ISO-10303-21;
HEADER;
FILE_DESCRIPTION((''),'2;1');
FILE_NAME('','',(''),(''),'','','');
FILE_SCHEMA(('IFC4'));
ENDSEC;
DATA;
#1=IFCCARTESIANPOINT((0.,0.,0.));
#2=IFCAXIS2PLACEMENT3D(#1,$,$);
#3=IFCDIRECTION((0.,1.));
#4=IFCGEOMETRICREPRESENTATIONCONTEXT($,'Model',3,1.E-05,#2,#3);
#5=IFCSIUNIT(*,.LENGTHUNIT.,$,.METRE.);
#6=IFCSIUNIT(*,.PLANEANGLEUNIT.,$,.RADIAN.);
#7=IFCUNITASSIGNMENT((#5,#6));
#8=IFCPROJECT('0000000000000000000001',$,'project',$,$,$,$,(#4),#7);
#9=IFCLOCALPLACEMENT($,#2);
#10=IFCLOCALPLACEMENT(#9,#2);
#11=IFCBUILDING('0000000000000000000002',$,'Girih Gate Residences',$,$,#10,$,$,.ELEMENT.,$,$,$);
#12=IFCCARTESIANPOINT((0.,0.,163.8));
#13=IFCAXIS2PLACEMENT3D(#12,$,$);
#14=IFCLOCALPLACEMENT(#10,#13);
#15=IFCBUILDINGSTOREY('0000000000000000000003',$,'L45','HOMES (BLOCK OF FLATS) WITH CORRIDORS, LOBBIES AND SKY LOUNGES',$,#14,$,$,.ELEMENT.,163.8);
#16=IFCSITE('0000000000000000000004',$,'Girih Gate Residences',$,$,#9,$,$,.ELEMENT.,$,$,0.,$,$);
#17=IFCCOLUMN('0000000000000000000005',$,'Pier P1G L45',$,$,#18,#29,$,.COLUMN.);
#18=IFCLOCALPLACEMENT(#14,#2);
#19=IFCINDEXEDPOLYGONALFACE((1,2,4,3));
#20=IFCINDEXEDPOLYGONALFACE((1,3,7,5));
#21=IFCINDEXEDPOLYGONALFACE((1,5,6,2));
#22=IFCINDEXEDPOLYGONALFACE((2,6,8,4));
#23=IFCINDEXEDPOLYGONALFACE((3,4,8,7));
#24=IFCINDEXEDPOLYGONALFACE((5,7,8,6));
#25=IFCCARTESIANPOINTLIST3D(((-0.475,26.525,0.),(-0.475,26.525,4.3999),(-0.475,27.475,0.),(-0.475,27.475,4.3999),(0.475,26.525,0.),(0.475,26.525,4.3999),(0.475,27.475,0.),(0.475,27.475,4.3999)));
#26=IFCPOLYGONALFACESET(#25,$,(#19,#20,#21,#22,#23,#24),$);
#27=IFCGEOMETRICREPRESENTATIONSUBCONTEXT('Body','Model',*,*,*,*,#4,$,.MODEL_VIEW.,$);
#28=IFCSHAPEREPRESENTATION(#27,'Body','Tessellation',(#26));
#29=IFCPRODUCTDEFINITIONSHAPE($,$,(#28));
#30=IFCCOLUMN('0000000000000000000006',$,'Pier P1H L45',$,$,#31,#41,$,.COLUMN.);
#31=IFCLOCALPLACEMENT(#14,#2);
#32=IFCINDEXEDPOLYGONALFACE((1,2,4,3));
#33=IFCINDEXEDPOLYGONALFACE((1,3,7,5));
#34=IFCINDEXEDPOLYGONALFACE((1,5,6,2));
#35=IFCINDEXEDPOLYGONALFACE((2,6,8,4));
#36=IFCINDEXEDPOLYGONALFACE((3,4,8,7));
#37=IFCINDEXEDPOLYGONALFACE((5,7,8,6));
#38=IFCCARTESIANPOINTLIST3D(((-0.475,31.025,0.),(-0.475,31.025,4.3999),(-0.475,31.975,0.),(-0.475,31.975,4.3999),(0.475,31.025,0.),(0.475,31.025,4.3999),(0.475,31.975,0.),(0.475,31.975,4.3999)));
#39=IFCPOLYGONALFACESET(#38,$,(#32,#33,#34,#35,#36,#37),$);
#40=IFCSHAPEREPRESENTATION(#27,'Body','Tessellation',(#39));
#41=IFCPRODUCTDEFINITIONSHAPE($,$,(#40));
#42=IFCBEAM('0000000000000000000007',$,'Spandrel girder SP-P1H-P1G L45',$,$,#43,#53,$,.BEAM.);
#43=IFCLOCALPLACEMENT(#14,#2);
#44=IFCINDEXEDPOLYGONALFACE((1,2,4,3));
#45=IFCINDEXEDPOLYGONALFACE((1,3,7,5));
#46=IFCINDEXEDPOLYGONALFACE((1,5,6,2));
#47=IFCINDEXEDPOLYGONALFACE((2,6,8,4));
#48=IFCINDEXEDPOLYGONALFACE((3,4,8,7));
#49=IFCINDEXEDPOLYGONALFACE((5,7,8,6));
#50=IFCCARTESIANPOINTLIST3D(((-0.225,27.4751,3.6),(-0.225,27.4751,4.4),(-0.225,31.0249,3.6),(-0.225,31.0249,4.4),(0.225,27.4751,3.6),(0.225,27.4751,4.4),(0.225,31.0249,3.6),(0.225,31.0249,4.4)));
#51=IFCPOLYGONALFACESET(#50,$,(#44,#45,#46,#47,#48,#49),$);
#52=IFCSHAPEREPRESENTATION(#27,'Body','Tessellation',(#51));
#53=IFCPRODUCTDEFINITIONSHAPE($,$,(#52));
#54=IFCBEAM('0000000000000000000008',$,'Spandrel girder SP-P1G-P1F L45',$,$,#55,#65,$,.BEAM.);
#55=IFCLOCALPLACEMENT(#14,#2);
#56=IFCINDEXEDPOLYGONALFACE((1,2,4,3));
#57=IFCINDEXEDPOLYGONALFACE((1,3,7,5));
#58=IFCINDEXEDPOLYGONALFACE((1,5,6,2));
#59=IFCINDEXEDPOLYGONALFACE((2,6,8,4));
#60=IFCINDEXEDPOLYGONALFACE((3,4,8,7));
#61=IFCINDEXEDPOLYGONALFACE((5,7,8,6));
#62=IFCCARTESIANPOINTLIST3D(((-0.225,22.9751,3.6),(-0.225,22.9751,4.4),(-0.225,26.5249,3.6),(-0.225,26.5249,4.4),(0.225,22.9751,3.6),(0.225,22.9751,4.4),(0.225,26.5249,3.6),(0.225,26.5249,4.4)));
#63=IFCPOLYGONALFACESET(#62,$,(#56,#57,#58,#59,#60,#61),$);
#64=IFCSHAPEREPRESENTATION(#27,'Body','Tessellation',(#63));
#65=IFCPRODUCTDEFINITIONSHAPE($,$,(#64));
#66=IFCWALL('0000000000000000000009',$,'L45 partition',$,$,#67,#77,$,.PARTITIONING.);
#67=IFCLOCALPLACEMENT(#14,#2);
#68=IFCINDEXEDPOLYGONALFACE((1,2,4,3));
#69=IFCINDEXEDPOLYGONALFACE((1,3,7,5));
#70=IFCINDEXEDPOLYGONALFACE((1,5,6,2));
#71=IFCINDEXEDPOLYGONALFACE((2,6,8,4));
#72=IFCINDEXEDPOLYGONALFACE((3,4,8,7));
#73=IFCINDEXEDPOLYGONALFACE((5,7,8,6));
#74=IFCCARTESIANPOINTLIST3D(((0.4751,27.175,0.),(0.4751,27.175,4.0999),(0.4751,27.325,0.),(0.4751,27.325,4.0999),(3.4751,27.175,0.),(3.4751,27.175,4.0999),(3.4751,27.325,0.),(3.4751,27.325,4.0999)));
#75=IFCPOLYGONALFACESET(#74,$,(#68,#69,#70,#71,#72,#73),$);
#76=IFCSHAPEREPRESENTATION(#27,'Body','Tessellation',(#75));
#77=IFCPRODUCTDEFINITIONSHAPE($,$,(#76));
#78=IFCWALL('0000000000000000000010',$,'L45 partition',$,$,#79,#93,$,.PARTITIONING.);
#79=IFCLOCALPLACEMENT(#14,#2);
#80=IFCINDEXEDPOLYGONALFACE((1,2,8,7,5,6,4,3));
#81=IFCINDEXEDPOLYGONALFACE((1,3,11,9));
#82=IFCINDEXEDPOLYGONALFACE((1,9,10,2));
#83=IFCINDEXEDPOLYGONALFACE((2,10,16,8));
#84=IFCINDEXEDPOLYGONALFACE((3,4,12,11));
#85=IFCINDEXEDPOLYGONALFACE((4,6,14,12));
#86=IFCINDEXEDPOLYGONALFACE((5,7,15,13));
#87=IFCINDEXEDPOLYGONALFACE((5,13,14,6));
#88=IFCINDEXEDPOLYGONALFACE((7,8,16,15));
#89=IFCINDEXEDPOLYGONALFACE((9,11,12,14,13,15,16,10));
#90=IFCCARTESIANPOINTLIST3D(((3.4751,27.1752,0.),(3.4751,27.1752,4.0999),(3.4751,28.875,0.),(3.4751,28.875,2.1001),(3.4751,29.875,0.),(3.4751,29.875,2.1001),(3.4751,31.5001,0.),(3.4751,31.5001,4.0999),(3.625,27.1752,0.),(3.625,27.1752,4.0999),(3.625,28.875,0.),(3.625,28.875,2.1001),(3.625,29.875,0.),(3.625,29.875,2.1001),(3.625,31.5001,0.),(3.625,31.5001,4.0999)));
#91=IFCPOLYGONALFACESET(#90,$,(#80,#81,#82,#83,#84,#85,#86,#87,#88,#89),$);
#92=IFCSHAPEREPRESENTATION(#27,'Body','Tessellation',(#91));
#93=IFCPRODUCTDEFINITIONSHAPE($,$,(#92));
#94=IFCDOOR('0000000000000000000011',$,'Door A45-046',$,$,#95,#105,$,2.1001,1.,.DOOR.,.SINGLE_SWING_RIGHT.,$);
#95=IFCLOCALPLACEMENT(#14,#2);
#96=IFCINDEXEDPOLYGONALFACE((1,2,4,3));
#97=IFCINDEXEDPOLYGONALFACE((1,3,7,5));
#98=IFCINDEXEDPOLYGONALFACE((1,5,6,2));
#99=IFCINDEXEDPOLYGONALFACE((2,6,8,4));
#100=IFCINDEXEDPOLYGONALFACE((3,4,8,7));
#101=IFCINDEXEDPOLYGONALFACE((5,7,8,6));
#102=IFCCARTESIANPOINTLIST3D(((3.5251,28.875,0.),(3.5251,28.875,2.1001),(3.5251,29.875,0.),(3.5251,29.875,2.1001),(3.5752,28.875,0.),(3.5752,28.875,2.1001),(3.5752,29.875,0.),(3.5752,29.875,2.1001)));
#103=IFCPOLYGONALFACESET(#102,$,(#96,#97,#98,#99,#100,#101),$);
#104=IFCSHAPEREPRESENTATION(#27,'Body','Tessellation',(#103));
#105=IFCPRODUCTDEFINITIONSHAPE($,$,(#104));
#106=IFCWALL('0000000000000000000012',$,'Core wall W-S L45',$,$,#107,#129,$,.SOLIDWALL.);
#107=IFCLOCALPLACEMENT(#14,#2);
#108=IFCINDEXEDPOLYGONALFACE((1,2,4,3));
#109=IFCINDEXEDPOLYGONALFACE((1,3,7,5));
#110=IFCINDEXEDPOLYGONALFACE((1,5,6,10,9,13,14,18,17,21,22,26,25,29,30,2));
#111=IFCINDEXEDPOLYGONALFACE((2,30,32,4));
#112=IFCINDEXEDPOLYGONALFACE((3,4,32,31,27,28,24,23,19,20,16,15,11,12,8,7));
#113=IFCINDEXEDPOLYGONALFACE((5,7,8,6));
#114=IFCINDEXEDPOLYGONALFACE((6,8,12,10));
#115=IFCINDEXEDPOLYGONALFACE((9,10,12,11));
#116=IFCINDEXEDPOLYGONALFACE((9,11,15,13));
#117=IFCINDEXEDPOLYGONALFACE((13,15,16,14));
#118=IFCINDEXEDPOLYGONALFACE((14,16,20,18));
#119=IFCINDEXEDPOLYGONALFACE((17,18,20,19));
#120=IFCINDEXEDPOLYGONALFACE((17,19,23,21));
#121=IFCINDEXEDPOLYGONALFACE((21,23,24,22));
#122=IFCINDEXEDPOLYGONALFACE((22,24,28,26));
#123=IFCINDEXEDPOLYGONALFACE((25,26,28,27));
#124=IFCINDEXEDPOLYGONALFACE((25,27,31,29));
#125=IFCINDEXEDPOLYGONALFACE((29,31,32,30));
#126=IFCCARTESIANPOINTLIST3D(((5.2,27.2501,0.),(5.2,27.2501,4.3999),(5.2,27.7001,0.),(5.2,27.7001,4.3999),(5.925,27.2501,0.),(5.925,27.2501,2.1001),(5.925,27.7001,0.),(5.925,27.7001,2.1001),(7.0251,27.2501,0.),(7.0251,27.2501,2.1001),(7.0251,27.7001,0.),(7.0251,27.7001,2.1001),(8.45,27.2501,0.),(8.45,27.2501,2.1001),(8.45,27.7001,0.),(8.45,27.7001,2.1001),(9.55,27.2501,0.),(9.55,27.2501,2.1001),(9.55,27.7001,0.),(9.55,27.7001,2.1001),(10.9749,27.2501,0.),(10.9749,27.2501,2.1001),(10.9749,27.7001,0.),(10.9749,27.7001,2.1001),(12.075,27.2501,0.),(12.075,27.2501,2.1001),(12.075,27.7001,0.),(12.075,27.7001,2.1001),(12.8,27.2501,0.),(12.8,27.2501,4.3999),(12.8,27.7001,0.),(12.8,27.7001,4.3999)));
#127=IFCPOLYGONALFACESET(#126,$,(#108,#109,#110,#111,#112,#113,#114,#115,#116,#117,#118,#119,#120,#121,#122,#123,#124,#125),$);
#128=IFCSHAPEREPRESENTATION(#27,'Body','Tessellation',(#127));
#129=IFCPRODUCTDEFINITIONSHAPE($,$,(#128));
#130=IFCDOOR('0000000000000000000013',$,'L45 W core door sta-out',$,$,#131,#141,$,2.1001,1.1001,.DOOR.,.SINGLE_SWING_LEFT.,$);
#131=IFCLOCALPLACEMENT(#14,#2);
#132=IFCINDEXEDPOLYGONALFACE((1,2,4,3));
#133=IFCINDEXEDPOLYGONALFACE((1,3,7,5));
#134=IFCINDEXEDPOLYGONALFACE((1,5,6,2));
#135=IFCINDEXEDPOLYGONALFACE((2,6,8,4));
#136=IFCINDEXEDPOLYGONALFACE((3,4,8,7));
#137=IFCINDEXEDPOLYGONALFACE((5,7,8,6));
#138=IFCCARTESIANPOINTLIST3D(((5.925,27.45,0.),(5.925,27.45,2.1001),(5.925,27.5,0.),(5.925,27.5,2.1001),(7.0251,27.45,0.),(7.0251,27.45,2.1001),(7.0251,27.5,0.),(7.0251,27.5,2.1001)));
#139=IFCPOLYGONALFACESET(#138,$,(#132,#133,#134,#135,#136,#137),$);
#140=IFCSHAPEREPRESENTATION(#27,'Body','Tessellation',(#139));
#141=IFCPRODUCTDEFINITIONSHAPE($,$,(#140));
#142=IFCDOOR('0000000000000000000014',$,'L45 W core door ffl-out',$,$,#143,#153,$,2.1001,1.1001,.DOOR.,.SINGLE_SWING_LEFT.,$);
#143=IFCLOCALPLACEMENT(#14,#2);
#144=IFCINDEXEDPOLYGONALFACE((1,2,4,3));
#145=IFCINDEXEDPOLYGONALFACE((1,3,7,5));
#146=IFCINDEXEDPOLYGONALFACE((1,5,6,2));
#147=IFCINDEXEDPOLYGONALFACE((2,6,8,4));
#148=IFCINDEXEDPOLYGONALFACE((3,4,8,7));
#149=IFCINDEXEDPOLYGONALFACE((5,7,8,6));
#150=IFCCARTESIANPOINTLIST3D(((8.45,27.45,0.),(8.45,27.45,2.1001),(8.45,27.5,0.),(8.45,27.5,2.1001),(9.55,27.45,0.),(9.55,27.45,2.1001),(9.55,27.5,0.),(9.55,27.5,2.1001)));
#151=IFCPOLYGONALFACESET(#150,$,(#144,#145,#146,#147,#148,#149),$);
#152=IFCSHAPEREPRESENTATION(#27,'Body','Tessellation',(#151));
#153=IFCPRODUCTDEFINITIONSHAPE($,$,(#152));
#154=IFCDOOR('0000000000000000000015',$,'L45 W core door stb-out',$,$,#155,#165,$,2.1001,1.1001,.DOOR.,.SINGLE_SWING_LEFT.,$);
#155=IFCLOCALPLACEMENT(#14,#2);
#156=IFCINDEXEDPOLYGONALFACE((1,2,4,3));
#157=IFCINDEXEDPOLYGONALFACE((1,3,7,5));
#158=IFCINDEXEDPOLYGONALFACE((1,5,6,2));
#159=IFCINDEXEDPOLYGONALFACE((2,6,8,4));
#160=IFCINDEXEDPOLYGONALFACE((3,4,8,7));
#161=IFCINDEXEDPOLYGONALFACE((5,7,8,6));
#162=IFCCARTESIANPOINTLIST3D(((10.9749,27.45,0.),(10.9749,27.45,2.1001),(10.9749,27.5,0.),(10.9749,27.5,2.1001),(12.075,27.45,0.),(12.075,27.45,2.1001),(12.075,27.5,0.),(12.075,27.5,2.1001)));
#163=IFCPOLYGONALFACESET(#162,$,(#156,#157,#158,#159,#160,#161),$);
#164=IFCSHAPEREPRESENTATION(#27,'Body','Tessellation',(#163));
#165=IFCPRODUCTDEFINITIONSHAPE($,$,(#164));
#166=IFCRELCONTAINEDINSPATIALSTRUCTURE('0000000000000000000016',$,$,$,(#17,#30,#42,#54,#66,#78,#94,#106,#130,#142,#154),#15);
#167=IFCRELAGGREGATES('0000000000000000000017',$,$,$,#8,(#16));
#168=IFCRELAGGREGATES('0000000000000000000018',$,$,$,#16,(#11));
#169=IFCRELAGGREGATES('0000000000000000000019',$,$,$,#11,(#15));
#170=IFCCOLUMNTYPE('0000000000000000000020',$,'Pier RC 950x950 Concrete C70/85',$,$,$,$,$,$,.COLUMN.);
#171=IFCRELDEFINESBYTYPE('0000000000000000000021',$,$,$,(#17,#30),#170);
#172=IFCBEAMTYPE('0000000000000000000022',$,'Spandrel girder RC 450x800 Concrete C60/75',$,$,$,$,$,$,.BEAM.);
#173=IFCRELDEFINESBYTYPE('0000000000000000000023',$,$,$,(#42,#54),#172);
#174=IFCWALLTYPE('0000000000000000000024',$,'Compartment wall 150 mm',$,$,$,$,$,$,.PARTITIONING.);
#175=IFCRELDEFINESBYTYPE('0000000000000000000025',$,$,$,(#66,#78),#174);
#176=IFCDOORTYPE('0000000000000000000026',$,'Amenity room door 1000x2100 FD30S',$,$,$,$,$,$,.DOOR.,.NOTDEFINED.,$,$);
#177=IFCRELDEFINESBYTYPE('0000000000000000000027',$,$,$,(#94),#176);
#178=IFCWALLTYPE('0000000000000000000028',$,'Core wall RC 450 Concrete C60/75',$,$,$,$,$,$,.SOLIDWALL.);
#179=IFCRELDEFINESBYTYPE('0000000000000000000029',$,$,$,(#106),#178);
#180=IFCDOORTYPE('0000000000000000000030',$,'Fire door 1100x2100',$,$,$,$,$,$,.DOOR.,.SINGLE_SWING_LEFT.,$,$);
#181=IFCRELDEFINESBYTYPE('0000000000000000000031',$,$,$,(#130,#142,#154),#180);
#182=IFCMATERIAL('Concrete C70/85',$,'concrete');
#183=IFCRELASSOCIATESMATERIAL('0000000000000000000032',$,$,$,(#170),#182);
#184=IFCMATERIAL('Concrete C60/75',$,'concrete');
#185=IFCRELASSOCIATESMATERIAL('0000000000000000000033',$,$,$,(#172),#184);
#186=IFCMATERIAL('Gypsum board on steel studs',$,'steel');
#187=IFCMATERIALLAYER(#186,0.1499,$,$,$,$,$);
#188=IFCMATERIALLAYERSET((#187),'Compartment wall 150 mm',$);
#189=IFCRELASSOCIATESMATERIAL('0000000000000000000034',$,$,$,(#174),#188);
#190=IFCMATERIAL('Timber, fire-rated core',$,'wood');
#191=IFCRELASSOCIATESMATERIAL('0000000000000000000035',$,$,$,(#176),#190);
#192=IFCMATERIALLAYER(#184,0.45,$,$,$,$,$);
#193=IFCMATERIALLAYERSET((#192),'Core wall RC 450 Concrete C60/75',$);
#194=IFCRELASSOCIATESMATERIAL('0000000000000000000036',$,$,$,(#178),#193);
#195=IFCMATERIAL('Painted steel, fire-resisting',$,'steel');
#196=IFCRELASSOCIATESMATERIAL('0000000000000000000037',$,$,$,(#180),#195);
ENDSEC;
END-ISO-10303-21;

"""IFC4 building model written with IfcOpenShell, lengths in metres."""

from ifc_helpers import new_model, si_unit, direction, frame, frame_2d, origin, origin_2d, place, context, subcontext, project, spatial, rectangle, extrude, material, layer, layer_set, material_profile, profile_set, type_object, element, fill, save


model = new_model("IFC4")

# Units and contexts
model_context = context("Model", 3, precision=1e-05, world=origin(), true_north=direction((0.0, 1.0)))
body_context = subcontext(model_context, "Body", "Model", "MODEL_VIEW")
ifc_project = project(units=[si_unit("LENGTHUNIT", "METRE"), si_unit("PLANEANGLEUNIT", "RADIAN")], contexts=[model_context])

# Site, building, storey
site_placement = place(None, origin())
site = spatial("IfcSite", under=ifc_project, at=site_placement, Name="Girih Gate Residences", CompositionType="ELEMENT", RefElevation=0.0)
building_placement = place(site_placement, origin())
building = spatial("IfcBuilding", under=site, at=building_placement, Name="Girih Gate Residences", CompositionType="ELEMENT")
storey_placement = place(building_placement, frame((0.0, 0.0, 163.8)))
storey = spatial("IfcBuildingStorey", under=building, at=storey_placement, Name="L45", Description="HOMES (BLOCK OF FLATS) WITH CORRIDORS, LOBBIES AND SKY LOUNGES", CompositionType="ELEMENT", Elevation=163.8)

# Columns
ifc_material_1 = material(Name="Concrete C70/85", Category="concrete")
ifc_material_profile_1 = material_profile(ifc_material_1, rectangle(XDim=0.95, YDim=0.95, at=origin_2d()))
ifc_profile_set_1 = profile_set([ifc_material_profile_1], Name="Concrete C70/85")
column_type = type_object("IfcColumnType", Name="Pier RC 950x950 Concrete C70/85", PredefinedType="COLUMN", material=ifc_profile_set_1)
for number, where, z_axis, x_axis, name in (
    (1, (0.0, 27.0, 0.0), (0.0, 0.0, 1.0), (1.0, 0.0, 0.0), "Pier P1G L45"),
    (2, (0.0, 31.5, 0.0), (0.0, 0.0, 1.0), (1.0, 0.0, 0.0), "Pier P1H L45"),
):
    element("IfcColumn", number, at=place(storey_placement, frame(where, z_axis=z_axis, x_axis=x_axis)), inside=storey, type_object=column_type, Name=name, PredefinedType="COLUMN", context=body_context, shape_type="SweptSolid", body=[
        extrude(rectangle(XDim=0.95, YDim=0.95, at=origin_2d()), origin(), (0.0, 0.0, 1.0), 4.3999),
    ])

# Beams
ifc_material_2 = material(Name="Concrete C60/75", Category="concrete")
ifc_material_profile_2 = material_profile(ifc_material_2, rectangle(XDim=0.45, YDim=0.8, at=origin_2d()))
ifc_profile_set_2 = profile_set([ifc_material_profile_2], Name="Concrete C60/75")
beam_type = type_object("IfcBeamType", Name="Spandrel girder RC 450x800 Concrete C60/75", PredefinedType="BEAM", material=ifc_profile_set_2)
for number, where, z_axis, x_axis, name in (
    (3, (0.0, 31.0249, 4.0), (0.0, -1.0, 0.0), (1.0, 0.0, 0.0), "Spandrel girder SP-P1H-P1G L45"),
    (4, (0.0, 26.5249, 4.0), (0.0, -1.0, 0.0), (1.0, 0.0, 0.0), "Spandrel girder SP-P1G-P1F L45"),
):
    element("IfcBeam", number, at=place(storey_placement, frame(where, z_axis=z_axis, x_axis=x_axis)), inside=storey, type_object=beam_type, Name=name, PredefinedType="BEAM", context=body_context, shape_type="SweptSolid", body=[
        extrude(rectangle(XDim=0.45, YDim=0.8, at=origin_2d()), origin(), (0.0, 0.0, 1.0), 3.5498),
    ])

# Wall
ifc_material_3 = material(Name="Gypsum board on steel studs", Category="steel")
ifc_layer_1 = layer(ifc_material_3, 0.1499)
ifc_layer_set_1 = layer_set([ifc_layer_1], Name="Compartment wall 150 mm")
wall_type_1 = type_object("IfcWallType", Name="Compartment wall 150 mm", PredefinedType="PARTITIONING", material=ifc_layer_set_1)
wall_1_placement = place(storey_placement, frame((0.4751, 27.25, 0.0), z_axis=(0.0, 0.0, 1.0), x_axis=(1.0, 0.0, 0.0)))
element("IfcWall", 5, at=wall_1_placement, inside=storey, type_object=wall_type_1, Name="L45 partition", PredefinedType="PARTITIONING", context=body_context, shape_type="SweptSolid", body=[
    extrude(rectangle(XDim=3.0, YDim=0.1499, at=frame_2d((1.5, 0.0))), origin(), (0.0, 0.0, 1.0), 4.0999),
])

# Wall, opening, door
wall_2_placement = place(storey_placement, frame((3.55, 27.175, 0.0), z_axis=(0.0, 0.0, 1.0), x_axis=(0.0, 1.0, 0.0)))
wall_2 = element("IfcWall", 6, at=wall_2_placement, inside=storey, type_object=wall_type_1, Name="L45 partition", PredefinedType="PARTITIONING", context=body_context, shape_type="SweptSolid", body=[
    extrude(rectangle(XDim=4.325, YDim=0.1499, at=frame_2d((2.1626, 0.0))), origin(), (0.0, 0.0, 1.0), 4.0999),
])
opening_1_placement = place(wall_2_placement, frame((1.7, 0.0, 0.0)))
opening_1 = element("IfcOpeningElement", 7, at=opening_1_placement, cuts=wall_2, PredefinedType="OPENING", context=body_context, shape_type="SweptSolid", body=[
    extrude(rectangle(XDim=1.0, YDim=2.1001, at=frame_2d((0.5, 1.05))), frame((0.0, 0.085, 0.0), z_axis=(0.0, -1.0, 0.0), x_axis=(1.0, 0.0, 0.0)), (0.0, 0.0, 1.0), 0.1699),
])
ifc_material_4 = material(Name="Timber, fire-rated core", Category="wood")
door_type_1 = type_object("IfcDoorType", Name="Amenity room door 1000x2100 FD30S", OperationType="NOTDEFINED", PredefinedType="DOOR", material=ifc_material_4)
door_1_placement = place(opening_1_placement, origin())
door_1 = element("IfcDoor", 8, at=door_1_placement, inside=storey, type_object=door_type_1, Name="Door A45-046", OperationType="SINGLE_SWING_RIGHT", OverallHeight=2.1001, OverallWidth=1.0, PredefinedType="DOOR", context=body_context, shape_type="SweptSolid", body=[
    extrude(rectangle(XDim=1.0, YDim=2.1001, at=frame_2d((0.5, 1.05))), frame((0.0, 0.0249, 0.0), z_axis=(0.0, -1.0, 0.0), x_axis=(1.0, 0.0, 0.0)), (0.0, 0.0, 1.0), 0.05),
])
fill(opening_1, door_1)

# Wall, openings, doors
ifc_layer_2 = layer(ifc_material_2, 0.45)
ifc_layer_set_2 = layer_set([ifc_layer_2], Name="Core wall RC 450 Concrete C60/75")
wall_type_2 = type_object("IfcWallType", Name="Core wall RC 450 Concrete C60/75", PredefinedType="SOLIDWALL", material=ifc_layer_set_2)
wall_3_placement = place(storey_placement, frame((5.2, 27.4751, 0.0), z_axis=(0.0, 0.0, 1.0), x_axis=(1.0, 0.0, 0.0)))
wall_3 = element("IfcWall", 9, at=wall_3_placement, inside=storey, type_object=wall_type_2, Name="Core wall W-S L45", PredefinedType="SOLIDWALL", context=body_context, shape_type="SweptSolid", body=[
    extrude(rectangle(XDim=7.6001, YDim=0.45, at=frame_2d((3.8, 0.0))), origin(), (0.0, 0.0, 1.0), 4.3999),
])
opening_2_placement = place(wall_3_placement, frame((0.7251, 0.0, 0.0)))
opening_2 = element("IfcOpeningElement", 10, at=opening_2_placement, cuts=wall_3, PredefinedType="OPENING", context=body_context, shape_type="SweptSolid", body=[
    extrude(rectangle(XDim=1.1001, YDim=2.1001, at=frame_2d((0.55, 1.05))), frame((0.0, 0.2349, 0.0), z_axis=(0.0, -1.0, 0.0), x_axis=(1.0, 0.0, 0.0)), (0.0, 0.0, 1.0), 0.47),
])
opening_3_placement = place(wall_3_placement, frame((3.25, 0.0, 0.0)))
opening_3 = element("IfcOpeningElement", 11, at=opening_3_placement, cuts=wall_3, PredefinedType="OPENING", context=body_context, shape_type="SweptSolid", body=[
    extrude(rectangle(XDim=1.1001, YDim=2.1001, at=frame_2d((0.55, 1.05))), frame((0.0, 0.2349, 0.0), z_axis=(0.0, -1.0, 0.0), x_axis=(1.0, 0.0, 0.0)), (0.0, 0.0, 1.0), 0.47),
])
opening_4_placement = place(wall_3_placement, frame((5.7749, 0.0, 0.0)))
opening_4 = element("IfcOpeningElement", 12, at=opening_4_placement, cuts=wall_3, PredefinedType="OPENING", context=body_context, shape_type="SweptSolid", body=[
    extrude(rectangle(XDim=1.1001, YDim=2.1001, at=frame_2d((0.55, 1.05))), frame((0.0, 0.2349, 0.0), z_axis=(0.0, -1.0, 0.0), x_axis=(1.0, 0.0, 0.0)), (0.0, 0.0, 1.0), 0.47),
])
ifc_material_5 = material(Name="Painted steel, fire-resisting", Category="steel")
door_type_2 = type_object("IfcDoorType", Name="Fire door 1100x2100", OperationType="SINGLE_SWING_LEFT", PredefinedType="DOOR", material=ifc_material_5)
door_2_placement = place(opening_2_placement, origin())
door_2 = element("IfcDoor", 13, at=door_2_placement, inside=storey, type_object=door_type_2, Name="L45 W core door sta-out", OperationType="SINGLE_SWING_LEFT", OverallHeight=2.1001, OverallWidth=1.1001, PredefinedType="DOOR", context=body_context, shape_type="SweptSolid", body=[
    extrude(rectangle(XDim=1.1001, YDim=2.1001, at=frame_2d((0.55, 1.05))), frame((0.0, 0.0249, 0.0), z_axis=(0.0, -1.0, 0.0), x_axis=(1.0, 0.0, 0.0)), (0.0, 0.0, 1.0), 0.05),
])
fill(opening_2, door_2)
door_3_placement = place(opening_3_placement, origin())
door_3 = element("IfcDoor", 14, at=door_3_placement, inside=storey, type_object=door_type_2, Name="L45 W core door ffl-out", OperationType="SINGLE_SWING_LEFT", OverallHeight=2.1001, OverallWidth=1.1001, PredefinedType="DOOR", context=body_context, shape_type="SweptSolid", body=[
    extrude(rectangle(XDim=1.1001, YDim=2.1001, at=frame_2d((0.55, 1.05))), frame((0.0, 0.0249, 0.0), z_axis=(0.0, -1.0, 0.0), x_axis=(1.0, 0.0, 0.0)), (0.0, 0.0, 1.0), 0.05),
])
fill(opening_3, door_3)
door_4_placement = place(opening_4_placement, origin())
door_4 = element("IfcDoor", 15, at=door_4_placement, inside=storey, type_object=door_type_2, Name="L45 W core door stb-out", OperationType="SINGLE_SWING_LEFT", OverallHeight=2.1001, OverallWidth=1.1001, PredefinedType="DOOR", context=body_context, shape_type="SweptSolid", body=[
    extrude(rectangle(XDim=1.1001, YDim=2.1001, at=frame_2d((0.55, 1.05))), frame((0.0, 0.0249, 0.0), z_axis=(0.0, -1.0, 0.0), x_axis=(1.0, 0.0, 0.0)), (0.0, 0.0, 1.0), 0.05),
])
fill(opening_4, door_4)

save(model, "model.ifc")
